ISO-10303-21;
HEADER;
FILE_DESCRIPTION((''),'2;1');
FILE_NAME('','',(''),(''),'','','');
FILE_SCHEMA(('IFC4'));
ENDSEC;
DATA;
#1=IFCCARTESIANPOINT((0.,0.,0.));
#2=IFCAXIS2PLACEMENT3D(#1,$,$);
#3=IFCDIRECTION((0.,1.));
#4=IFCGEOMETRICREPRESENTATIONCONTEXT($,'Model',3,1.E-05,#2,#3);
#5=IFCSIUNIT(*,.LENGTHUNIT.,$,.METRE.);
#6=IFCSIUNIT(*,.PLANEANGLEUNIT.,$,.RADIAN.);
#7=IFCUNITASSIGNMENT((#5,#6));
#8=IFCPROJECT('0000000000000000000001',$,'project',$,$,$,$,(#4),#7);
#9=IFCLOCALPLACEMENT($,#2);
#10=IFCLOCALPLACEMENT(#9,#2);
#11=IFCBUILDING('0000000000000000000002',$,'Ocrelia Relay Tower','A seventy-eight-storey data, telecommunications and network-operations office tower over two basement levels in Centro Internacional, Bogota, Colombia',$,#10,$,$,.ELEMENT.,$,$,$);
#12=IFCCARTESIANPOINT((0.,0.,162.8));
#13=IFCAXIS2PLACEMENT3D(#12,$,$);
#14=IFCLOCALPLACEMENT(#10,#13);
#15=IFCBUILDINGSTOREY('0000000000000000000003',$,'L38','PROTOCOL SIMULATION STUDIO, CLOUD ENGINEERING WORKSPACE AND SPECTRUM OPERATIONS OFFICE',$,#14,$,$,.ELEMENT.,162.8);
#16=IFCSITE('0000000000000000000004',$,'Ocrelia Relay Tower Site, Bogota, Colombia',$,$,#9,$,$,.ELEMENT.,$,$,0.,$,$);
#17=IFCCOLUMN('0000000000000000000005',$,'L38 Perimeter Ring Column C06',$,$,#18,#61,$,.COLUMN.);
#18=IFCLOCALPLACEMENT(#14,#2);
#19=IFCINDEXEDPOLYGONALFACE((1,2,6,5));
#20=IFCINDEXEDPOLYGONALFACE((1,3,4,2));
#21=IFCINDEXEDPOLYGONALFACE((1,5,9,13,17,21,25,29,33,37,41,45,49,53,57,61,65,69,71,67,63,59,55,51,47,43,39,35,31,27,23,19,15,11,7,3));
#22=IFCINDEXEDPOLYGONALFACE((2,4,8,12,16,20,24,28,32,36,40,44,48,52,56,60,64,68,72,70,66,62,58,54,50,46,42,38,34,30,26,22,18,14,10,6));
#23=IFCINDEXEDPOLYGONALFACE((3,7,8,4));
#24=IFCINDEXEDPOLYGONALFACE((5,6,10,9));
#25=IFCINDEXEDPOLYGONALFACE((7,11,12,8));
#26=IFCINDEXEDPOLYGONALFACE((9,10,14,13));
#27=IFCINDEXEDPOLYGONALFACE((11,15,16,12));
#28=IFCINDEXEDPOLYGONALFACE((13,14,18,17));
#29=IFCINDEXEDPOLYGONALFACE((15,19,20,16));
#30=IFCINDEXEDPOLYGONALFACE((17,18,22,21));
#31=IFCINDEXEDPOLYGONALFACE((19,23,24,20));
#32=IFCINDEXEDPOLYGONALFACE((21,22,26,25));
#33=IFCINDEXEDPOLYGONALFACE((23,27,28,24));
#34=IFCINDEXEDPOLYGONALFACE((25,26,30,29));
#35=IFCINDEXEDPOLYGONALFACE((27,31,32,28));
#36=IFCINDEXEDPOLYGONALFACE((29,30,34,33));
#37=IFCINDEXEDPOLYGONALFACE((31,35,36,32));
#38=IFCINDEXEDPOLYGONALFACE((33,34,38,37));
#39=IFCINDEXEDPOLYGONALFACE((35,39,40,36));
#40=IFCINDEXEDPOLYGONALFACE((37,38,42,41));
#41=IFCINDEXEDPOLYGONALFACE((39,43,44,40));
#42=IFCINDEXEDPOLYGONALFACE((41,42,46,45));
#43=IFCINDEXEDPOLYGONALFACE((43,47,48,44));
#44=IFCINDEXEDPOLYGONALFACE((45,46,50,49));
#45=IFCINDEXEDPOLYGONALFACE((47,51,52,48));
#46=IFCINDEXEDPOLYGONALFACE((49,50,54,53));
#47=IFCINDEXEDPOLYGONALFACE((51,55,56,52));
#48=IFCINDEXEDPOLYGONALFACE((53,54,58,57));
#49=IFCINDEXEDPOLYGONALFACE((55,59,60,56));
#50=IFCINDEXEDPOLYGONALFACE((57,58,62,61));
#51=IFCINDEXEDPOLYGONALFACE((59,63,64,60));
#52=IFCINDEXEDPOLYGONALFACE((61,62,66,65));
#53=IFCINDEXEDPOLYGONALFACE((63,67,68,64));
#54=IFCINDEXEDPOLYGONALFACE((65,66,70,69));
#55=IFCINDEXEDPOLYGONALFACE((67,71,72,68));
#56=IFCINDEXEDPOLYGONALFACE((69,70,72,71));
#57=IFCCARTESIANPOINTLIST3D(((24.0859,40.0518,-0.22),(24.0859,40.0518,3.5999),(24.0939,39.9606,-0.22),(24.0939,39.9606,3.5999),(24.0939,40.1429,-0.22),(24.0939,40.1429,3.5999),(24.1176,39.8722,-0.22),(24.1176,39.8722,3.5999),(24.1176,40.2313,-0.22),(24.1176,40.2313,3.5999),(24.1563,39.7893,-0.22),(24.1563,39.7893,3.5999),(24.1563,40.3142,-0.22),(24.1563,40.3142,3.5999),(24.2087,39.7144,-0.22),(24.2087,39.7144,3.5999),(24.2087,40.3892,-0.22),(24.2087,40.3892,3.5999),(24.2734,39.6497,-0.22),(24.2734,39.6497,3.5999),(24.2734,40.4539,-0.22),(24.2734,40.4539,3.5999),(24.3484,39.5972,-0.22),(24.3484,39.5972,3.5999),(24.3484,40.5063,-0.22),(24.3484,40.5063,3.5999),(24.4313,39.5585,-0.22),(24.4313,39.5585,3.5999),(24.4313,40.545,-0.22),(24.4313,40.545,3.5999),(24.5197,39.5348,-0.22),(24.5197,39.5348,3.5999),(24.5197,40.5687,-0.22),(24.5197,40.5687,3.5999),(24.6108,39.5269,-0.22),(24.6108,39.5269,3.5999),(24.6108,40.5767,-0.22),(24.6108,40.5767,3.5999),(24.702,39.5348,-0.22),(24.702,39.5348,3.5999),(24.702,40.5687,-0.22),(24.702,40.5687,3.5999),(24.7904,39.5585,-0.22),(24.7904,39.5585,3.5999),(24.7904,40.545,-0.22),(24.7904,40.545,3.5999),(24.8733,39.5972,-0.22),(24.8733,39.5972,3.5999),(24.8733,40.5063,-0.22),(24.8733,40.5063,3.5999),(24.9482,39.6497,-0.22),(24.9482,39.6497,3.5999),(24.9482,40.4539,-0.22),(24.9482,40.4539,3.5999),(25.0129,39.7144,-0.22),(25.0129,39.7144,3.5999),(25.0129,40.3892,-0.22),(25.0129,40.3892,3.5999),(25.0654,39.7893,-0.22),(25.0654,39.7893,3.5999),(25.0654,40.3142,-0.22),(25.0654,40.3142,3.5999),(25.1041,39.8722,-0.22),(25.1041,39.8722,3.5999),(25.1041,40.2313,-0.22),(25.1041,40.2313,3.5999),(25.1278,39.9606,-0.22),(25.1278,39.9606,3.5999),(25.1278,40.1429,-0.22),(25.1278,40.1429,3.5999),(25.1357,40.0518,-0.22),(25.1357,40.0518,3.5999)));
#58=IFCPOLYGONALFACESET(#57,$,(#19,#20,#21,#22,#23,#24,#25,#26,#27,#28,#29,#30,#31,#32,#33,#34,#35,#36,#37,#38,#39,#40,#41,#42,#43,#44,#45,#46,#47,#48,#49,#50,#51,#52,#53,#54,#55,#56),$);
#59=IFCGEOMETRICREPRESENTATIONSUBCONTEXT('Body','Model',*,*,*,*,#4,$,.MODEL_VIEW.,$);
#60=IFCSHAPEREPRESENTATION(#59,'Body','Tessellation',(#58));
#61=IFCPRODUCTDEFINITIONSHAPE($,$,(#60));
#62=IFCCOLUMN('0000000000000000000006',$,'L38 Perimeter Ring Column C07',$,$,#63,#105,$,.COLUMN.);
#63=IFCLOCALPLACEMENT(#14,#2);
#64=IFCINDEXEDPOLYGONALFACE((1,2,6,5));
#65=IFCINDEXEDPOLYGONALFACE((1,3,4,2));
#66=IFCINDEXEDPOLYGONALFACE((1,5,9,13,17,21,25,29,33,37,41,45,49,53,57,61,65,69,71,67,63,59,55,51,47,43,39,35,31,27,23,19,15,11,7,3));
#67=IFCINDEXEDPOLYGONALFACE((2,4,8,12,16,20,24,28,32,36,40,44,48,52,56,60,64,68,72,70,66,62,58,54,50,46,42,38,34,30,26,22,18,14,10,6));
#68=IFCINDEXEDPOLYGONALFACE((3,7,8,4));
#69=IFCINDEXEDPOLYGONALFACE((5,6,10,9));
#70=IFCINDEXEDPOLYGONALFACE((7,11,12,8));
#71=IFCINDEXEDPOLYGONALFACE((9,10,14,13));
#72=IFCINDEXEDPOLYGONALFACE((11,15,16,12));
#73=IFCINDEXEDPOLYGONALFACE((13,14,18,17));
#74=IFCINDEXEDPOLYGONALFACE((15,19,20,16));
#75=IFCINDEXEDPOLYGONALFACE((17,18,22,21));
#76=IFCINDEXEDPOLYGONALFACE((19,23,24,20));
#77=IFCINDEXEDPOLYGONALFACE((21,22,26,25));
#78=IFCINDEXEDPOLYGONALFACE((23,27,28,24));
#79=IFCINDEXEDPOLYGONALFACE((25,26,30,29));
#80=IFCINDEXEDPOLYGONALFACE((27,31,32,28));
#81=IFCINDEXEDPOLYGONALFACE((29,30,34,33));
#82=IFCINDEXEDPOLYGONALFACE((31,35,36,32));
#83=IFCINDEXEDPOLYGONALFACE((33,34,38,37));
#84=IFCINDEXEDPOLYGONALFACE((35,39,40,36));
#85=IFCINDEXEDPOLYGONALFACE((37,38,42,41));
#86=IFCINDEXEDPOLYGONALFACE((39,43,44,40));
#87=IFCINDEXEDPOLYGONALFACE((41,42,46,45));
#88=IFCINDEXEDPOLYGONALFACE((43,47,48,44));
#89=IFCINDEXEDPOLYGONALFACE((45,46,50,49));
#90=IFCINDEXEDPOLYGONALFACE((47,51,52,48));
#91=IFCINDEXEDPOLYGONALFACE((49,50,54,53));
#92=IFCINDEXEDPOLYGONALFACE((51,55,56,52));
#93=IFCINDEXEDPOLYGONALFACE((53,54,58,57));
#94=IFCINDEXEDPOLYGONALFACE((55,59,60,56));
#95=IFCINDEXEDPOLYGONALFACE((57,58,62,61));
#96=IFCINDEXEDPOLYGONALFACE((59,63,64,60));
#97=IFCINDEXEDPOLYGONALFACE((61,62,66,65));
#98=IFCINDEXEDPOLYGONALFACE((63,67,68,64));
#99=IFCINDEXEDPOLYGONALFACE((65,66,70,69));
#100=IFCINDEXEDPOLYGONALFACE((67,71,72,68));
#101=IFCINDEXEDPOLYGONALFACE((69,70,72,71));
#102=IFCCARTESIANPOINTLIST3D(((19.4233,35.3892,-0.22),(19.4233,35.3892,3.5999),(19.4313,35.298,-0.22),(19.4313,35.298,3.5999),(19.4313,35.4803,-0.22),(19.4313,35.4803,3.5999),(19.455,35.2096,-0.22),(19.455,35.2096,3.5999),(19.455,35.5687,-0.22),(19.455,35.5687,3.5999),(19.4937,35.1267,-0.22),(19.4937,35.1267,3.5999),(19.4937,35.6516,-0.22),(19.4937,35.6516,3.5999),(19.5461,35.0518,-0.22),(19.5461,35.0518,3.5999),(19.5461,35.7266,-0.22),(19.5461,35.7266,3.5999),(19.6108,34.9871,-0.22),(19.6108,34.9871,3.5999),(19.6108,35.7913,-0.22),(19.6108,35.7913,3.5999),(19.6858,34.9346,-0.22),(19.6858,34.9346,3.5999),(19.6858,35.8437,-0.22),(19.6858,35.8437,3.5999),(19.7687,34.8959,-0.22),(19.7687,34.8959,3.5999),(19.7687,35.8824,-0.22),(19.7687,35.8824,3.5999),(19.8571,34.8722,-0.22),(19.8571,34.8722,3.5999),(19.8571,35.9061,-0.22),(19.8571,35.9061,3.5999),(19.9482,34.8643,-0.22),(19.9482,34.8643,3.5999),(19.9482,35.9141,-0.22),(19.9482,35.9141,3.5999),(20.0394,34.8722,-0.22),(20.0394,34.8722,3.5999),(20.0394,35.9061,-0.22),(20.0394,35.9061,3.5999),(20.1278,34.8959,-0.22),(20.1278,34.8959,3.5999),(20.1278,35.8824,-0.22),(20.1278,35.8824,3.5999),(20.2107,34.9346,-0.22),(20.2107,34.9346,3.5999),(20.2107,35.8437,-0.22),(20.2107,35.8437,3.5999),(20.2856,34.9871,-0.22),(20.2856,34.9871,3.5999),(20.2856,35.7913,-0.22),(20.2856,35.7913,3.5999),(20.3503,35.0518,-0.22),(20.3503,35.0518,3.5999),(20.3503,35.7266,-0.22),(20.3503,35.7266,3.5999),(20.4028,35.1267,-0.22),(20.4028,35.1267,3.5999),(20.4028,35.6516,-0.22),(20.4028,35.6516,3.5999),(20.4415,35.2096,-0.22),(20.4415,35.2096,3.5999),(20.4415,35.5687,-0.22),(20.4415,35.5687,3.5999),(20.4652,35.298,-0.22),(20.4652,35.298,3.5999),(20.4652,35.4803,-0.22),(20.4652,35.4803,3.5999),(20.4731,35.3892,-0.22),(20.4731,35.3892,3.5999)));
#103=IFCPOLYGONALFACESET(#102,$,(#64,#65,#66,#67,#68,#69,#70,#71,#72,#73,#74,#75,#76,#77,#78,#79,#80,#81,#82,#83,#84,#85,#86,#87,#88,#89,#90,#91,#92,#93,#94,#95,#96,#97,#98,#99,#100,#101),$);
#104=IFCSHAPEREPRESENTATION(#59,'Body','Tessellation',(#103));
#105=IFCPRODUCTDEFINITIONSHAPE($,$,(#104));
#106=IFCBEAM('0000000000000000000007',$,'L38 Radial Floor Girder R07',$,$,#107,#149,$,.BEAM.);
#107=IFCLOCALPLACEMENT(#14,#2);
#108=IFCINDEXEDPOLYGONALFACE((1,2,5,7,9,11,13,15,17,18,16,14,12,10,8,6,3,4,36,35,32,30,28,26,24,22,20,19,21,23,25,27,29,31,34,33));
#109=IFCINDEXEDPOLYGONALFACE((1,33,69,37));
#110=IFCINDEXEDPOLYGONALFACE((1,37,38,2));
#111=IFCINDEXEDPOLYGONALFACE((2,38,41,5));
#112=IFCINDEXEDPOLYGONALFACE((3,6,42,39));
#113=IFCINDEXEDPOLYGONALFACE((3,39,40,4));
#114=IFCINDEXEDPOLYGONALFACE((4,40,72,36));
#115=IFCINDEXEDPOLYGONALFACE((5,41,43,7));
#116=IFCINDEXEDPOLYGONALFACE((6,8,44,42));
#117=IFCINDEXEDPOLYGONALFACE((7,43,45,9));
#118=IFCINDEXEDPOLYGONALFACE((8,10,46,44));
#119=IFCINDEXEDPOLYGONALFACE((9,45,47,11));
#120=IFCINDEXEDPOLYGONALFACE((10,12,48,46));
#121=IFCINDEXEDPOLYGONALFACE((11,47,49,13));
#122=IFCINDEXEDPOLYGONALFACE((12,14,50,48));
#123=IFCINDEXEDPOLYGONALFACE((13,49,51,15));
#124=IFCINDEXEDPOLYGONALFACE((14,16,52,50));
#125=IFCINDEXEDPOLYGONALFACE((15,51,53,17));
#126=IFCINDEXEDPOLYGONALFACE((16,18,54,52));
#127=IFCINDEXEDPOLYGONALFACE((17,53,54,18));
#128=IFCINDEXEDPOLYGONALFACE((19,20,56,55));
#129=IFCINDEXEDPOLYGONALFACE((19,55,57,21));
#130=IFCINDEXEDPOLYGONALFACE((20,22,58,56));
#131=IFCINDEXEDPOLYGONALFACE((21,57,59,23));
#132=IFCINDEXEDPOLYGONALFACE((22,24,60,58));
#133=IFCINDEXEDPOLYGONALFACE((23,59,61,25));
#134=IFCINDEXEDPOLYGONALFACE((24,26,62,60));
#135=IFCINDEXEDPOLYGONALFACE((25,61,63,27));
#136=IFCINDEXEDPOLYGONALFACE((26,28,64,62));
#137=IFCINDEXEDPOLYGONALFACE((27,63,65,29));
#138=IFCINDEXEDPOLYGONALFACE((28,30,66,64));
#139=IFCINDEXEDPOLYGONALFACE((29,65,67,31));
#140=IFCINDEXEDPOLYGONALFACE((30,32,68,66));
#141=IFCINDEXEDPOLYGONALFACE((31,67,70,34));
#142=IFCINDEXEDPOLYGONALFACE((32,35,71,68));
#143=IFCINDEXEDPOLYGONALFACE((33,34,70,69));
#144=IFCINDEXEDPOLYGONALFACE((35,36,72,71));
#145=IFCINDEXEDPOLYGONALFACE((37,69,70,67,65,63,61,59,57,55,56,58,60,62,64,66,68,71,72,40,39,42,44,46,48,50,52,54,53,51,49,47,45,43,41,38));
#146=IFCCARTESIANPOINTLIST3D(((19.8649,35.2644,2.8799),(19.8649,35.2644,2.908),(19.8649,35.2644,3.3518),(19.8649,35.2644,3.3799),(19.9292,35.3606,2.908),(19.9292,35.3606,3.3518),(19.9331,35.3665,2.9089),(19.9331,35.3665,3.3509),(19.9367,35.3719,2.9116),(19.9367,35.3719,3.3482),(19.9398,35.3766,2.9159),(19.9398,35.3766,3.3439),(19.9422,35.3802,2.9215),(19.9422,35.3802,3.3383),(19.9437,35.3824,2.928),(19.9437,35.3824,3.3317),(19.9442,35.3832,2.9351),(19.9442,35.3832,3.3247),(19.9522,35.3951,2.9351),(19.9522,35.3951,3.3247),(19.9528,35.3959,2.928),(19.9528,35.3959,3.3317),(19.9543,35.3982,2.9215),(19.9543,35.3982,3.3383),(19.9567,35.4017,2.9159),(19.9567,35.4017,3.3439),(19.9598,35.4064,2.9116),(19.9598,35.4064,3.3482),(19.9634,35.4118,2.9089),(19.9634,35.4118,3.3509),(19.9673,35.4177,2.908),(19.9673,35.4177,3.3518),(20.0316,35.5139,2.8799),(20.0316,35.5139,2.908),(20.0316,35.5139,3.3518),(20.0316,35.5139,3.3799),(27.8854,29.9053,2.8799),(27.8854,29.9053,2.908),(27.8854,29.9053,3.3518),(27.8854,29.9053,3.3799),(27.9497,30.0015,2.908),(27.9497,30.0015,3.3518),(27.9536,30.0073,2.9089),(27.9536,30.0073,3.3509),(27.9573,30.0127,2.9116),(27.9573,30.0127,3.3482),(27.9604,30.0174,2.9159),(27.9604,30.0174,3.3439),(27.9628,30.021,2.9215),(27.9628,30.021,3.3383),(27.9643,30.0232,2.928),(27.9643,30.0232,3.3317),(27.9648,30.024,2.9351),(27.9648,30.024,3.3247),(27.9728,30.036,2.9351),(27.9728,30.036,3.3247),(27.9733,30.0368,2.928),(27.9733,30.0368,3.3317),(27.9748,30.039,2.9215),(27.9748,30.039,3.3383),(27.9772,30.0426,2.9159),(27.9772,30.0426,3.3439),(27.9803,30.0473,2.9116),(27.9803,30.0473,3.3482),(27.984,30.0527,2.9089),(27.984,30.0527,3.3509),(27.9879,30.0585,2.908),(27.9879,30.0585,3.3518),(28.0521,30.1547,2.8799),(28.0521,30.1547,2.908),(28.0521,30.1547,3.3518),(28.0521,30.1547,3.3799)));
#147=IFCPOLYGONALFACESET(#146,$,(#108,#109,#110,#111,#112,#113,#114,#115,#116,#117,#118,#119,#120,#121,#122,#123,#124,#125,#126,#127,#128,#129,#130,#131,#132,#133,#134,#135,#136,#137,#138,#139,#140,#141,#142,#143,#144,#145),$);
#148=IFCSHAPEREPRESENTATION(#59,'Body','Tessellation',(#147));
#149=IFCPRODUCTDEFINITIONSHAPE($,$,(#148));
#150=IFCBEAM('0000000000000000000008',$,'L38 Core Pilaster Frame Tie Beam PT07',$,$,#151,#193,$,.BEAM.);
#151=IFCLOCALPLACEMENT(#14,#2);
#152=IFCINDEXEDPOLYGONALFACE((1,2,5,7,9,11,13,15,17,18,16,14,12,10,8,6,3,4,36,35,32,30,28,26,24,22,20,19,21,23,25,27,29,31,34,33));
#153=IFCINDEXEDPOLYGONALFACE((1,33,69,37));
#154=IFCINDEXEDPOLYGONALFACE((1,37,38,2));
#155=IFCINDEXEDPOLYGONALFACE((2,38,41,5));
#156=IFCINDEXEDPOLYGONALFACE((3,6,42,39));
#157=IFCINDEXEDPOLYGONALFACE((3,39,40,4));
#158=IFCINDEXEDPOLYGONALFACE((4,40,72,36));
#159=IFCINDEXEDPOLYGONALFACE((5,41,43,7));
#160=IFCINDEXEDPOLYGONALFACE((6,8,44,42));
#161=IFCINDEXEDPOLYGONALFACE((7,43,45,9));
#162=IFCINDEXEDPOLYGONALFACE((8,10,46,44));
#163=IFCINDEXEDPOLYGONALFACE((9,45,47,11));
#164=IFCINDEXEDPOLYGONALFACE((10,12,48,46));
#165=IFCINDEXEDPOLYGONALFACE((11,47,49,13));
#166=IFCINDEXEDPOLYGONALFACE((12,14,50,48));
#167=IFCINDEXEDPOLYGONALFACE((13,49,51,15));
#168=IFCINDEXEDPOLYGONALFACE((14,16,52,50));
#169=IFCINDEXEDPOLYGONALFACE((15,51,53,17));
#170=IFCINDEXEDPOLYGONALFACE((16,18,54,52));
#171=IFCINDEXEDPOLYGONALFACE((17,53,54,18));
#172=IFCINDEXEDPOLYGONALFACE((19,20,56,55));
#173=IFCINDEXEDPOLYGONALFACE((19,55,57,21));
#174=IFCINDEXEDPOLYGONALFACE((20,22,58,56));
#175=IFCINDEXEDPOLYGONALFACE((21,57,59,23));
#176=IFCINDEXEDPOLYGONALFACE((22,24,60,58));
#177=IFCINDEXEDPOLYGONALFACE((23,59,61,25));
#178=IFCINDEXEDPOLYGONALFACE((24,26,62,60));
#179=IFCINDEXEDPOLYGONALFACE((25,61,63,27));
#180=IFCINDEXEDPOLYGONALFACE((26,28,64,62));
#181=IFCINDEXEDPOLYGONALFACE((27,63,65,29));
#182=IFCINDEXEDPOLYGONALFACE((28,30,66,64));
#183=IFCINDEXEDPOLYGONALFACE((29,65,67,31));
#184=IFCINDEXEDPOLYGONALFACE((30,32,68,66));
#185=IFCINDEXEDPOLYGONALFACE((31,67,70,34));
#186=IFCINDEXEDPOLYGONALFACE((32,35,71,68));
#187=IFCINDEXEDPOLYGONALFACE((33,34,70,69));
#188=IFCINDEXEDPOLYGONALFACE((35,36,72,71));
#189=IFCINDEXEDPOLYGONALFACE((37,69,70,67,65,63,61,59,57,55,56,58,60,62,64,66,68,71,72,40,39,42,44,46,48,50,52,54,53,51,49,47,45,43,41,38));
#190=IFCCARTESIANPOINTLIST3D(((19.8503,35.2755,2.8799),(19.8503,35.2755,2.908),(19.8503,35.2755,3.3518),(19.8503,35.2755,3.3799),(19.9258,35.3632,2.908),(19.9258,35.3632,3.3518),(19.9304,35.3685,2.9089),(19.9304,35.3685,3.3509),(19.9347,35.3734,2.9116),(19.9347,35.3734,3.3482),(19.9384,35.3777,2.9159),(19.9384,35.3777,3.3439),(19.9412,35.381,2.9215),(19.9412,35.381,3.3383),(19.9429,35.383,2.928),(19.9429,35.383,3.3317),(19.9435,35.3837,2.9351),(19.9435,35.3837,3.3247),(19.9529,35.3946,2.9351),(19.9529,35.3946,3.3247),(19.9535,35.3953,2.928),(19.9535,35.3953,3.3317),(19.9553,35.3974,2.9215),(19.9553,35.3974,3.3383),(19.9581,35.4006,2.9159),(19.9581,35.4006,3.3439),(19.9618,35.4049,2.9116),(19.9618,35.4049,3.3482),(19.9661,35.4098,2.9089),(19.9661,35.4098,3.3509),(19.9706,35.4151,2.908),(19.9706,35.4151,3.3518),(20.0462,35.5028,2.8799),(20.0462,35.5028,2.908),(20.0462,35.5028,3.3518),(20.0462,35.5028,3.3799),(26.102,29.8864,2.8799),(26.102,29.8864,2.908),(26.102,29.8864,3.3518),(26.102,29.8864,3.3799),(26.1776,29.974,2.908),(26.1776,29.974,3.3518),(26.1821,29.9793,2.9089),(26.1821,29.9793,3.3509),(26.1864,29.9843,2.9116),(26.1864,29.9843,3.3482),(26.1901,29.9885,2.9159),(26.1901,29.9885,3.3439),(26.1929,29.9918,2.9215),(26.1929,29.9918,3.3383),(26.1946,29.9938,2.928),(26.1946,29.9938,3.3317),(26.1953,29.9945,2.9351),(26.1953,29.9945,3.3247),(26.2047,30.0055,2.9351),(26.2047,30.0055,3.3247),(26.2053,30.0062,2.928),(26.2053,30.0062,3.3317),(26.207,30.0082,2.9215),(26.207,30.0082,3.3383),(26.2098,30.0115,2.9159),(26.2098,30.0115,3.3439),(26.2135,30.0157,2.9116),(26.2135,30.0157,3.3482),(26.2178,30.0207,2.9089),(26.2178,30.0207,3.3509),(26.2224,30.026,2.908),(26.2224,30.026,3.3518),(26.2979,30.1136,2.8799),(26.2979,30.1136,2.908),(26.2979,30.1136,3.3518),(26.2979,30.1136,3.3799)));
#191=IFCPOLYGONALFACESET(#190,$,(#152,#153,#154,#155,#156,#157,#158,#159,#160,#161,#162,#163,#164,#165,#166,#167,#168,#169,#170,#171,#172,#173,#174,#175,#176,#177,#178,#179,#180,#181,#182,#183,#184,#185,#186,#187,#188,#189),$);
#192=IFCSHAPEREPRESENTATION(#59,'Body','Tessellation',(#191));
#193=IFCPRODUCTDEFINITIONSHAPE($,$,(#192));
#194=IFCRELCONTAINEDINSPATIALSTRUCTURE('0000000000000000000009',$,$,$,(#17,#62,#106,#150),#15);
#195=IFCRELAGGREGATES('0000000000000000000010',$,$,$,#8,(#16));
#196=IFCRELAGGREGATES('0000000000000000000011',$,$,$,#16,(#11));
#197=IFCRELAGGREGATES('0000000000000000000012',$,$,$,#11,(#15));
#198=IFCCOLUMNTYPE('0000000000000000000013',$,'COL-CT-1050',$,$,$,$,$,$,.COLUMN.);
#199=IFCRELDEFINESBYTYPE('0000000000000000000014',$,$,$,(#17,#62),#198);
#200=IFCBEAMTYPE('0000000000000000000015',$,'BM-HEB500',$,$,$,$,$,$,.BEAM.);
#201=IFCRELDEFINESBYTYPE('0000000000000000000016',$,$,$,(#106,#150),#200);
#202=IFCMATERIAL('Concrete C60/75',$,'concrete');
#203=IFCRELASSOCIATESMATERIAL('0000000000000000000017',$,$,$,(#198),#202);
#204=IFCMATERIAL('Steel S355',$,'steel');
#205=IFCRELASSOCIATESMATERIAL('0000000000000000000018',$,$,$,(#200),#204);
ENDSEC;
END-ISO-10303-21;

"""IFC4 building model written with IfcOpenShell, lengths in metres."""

from ifc_helpers import new_model, si_unit, direction, frame, origin, origin_2d, place, context, subcontext, project, spatial, circle, i_section, extrude, material, material_profile, profile_set, type_object, element, save


model = new_model("IFC4")

# Units and contexts
model_context = context("Model", 3, precision=1e-05, world=origin(), true_north=direction((0.0, 1.0)))
body_context = subcontext(model_context, "Body", "Model", "MODEL_VIEW")
ifc_project = project(units=[si_unit("LENGTHUNIT", "METRE"), si_unit("PLANEANGLEUNIT", "RADIAN")], contexts=[model_context])

# Site, building, storey
site_placement = place(None, origin())
site = spatial("IfcSite", under=ifc_project, at=site_placement, Name="Ocrelia Relay Tower Site, Bogota, Colombia", CompositionType="ELEMENT", RefElevation=0.0)
building_placement = place(site_placement, origin())
building = spatial("IfcBuilding", under=site, at=building_placement, Name="Ocrelia Relay Tower", Description="A seventy-eight-storey data, telecommunications and network-operations office tower over two basement levels in Centro Internacional, Bogota, Colombia", CompositionType="ELEMENT")
storey_placement = place(building_placement, frame((0.0, 0.0, 162.8)))
storey = spatial("IfcBuildingStorey", under=building, at=storey_placement, Name="L38", Description="PROTOCOL SIMULATION STUDIO, CLOUD ENGINEERING WORKSPACE AND SPECTRUM OPERATIONS OFFICE", CompositionType="ELEMENT", Elevation=162.8)

# Columns
ifc_material_1 = material(Name="Concrete C60/75", Category="concrete")
ifc_material_profile_1 = material_profile(ifc_material_1, circle(Radius=0.5249, at=origin_2d()), Name="RC-CIR-1050")
ifc_profile_set_1 = profile_set([ifc_material_profile_1], Name="Concrete C60/75")
column_type = type_object("IfcColumnType", Name="COL-CT-1050", PredefinedType="COLUMN", material=ifc_profile_set_1)
for number, where, z_axis, x_axis, name in (
    (1, (24.6108, 40.0518, -0.22), (0.0, 0.0, 1.0), (1.0, 0.0, 0.0), "L38 Perimeter Ring Column C06"),
    (2, (19.9482, 35.3892, -0.22), (0.0, 0.0, 1.0), (1.0, 0.0, 0.0), "L38 Perimeter Ring Column C07"),
):
    element("IfcColumn", number, at=place(storey_placement, frame(where, z_axis=z_axis, x_axis=x_axis)), inside=storey, type_object=column_type, Name=name, PredefinedType="COLUMN", context=body_context, shape_type="SweptSolid", body=[
        extrude(circle(Radius=0.5249, at=origin_2d()), origin(), (0.0, 0.0, 1.0), 3.8198),
    ])

# Beams
ifc_material_2 = material(Name="Steel S355", Category="steel")
ifc_material_profile_2 = material_profile(ifc_material_2, i_section(OverallWidth=0.3, OverallDepth=0.5, WebThickness=0.0144, FlangeThickness=0.0281, FilletRadius=0.0271, at=origin_2d()), Name="HEB 500")
ifc_profile_set_2 = profile_set([ifc_material_profile_2], Name="Steel S355")
beam_type_1 = type_object("IfcBeamType", Name="BM-HEB500", PredefinedType="BEAM", material=ifc_profile_set_2)
beam_1_placement = place(storey_placement, frame((19.9482, 35.3892, 3.1299), z_axis=(0.83147, -0.55557, 0.0), x_axis=(0.55557, 0.83147, 0.0)))
element("IfcBeam", 3, at=beam_1_placement, inside=storey, type_object=beam_type_1, Name="L38 Radial Floor Girder R07", PredefinedType="BEAM", context=body_context, shape_type="SweptSolid", body=[
    extrude(i_section(OverallWidth=0.3, OverallDepth=0.5, WebThickness=0.0144, FlangeThickness=0.0281, FilletRadius=0.0271, at=origin_2d()), origin(), (0.0, 0.0, 1.0), 9.6462),
])
beam_2_placement = place(storey_placement, frame((19.9482, 35.3892, 3.1299), z_axis=(0.757425, -0.652923, 0.0), x_axis=(0.652923, 0.757425, 0.0)))
element("IfcBeam", 4, at=beam_2_placement, inside=storey, type_object=beam_type_1, Name="L38 Core Pilaster Frame Tie Beam PT07", PredefinedType="BEAM", context=body_context, shape_type="SweptSolid", body=[
    extrude(i_section(OverallWidth=0.3, OverallDepth=0.5, WebThickness=0.0144, FlangeThickness=0.0281, FilletRadius=0.0271, at=origin_2d()), origin(), (0.0, 0.0, 1.0), 8.2539),
])

save(model, "model.ifc")
